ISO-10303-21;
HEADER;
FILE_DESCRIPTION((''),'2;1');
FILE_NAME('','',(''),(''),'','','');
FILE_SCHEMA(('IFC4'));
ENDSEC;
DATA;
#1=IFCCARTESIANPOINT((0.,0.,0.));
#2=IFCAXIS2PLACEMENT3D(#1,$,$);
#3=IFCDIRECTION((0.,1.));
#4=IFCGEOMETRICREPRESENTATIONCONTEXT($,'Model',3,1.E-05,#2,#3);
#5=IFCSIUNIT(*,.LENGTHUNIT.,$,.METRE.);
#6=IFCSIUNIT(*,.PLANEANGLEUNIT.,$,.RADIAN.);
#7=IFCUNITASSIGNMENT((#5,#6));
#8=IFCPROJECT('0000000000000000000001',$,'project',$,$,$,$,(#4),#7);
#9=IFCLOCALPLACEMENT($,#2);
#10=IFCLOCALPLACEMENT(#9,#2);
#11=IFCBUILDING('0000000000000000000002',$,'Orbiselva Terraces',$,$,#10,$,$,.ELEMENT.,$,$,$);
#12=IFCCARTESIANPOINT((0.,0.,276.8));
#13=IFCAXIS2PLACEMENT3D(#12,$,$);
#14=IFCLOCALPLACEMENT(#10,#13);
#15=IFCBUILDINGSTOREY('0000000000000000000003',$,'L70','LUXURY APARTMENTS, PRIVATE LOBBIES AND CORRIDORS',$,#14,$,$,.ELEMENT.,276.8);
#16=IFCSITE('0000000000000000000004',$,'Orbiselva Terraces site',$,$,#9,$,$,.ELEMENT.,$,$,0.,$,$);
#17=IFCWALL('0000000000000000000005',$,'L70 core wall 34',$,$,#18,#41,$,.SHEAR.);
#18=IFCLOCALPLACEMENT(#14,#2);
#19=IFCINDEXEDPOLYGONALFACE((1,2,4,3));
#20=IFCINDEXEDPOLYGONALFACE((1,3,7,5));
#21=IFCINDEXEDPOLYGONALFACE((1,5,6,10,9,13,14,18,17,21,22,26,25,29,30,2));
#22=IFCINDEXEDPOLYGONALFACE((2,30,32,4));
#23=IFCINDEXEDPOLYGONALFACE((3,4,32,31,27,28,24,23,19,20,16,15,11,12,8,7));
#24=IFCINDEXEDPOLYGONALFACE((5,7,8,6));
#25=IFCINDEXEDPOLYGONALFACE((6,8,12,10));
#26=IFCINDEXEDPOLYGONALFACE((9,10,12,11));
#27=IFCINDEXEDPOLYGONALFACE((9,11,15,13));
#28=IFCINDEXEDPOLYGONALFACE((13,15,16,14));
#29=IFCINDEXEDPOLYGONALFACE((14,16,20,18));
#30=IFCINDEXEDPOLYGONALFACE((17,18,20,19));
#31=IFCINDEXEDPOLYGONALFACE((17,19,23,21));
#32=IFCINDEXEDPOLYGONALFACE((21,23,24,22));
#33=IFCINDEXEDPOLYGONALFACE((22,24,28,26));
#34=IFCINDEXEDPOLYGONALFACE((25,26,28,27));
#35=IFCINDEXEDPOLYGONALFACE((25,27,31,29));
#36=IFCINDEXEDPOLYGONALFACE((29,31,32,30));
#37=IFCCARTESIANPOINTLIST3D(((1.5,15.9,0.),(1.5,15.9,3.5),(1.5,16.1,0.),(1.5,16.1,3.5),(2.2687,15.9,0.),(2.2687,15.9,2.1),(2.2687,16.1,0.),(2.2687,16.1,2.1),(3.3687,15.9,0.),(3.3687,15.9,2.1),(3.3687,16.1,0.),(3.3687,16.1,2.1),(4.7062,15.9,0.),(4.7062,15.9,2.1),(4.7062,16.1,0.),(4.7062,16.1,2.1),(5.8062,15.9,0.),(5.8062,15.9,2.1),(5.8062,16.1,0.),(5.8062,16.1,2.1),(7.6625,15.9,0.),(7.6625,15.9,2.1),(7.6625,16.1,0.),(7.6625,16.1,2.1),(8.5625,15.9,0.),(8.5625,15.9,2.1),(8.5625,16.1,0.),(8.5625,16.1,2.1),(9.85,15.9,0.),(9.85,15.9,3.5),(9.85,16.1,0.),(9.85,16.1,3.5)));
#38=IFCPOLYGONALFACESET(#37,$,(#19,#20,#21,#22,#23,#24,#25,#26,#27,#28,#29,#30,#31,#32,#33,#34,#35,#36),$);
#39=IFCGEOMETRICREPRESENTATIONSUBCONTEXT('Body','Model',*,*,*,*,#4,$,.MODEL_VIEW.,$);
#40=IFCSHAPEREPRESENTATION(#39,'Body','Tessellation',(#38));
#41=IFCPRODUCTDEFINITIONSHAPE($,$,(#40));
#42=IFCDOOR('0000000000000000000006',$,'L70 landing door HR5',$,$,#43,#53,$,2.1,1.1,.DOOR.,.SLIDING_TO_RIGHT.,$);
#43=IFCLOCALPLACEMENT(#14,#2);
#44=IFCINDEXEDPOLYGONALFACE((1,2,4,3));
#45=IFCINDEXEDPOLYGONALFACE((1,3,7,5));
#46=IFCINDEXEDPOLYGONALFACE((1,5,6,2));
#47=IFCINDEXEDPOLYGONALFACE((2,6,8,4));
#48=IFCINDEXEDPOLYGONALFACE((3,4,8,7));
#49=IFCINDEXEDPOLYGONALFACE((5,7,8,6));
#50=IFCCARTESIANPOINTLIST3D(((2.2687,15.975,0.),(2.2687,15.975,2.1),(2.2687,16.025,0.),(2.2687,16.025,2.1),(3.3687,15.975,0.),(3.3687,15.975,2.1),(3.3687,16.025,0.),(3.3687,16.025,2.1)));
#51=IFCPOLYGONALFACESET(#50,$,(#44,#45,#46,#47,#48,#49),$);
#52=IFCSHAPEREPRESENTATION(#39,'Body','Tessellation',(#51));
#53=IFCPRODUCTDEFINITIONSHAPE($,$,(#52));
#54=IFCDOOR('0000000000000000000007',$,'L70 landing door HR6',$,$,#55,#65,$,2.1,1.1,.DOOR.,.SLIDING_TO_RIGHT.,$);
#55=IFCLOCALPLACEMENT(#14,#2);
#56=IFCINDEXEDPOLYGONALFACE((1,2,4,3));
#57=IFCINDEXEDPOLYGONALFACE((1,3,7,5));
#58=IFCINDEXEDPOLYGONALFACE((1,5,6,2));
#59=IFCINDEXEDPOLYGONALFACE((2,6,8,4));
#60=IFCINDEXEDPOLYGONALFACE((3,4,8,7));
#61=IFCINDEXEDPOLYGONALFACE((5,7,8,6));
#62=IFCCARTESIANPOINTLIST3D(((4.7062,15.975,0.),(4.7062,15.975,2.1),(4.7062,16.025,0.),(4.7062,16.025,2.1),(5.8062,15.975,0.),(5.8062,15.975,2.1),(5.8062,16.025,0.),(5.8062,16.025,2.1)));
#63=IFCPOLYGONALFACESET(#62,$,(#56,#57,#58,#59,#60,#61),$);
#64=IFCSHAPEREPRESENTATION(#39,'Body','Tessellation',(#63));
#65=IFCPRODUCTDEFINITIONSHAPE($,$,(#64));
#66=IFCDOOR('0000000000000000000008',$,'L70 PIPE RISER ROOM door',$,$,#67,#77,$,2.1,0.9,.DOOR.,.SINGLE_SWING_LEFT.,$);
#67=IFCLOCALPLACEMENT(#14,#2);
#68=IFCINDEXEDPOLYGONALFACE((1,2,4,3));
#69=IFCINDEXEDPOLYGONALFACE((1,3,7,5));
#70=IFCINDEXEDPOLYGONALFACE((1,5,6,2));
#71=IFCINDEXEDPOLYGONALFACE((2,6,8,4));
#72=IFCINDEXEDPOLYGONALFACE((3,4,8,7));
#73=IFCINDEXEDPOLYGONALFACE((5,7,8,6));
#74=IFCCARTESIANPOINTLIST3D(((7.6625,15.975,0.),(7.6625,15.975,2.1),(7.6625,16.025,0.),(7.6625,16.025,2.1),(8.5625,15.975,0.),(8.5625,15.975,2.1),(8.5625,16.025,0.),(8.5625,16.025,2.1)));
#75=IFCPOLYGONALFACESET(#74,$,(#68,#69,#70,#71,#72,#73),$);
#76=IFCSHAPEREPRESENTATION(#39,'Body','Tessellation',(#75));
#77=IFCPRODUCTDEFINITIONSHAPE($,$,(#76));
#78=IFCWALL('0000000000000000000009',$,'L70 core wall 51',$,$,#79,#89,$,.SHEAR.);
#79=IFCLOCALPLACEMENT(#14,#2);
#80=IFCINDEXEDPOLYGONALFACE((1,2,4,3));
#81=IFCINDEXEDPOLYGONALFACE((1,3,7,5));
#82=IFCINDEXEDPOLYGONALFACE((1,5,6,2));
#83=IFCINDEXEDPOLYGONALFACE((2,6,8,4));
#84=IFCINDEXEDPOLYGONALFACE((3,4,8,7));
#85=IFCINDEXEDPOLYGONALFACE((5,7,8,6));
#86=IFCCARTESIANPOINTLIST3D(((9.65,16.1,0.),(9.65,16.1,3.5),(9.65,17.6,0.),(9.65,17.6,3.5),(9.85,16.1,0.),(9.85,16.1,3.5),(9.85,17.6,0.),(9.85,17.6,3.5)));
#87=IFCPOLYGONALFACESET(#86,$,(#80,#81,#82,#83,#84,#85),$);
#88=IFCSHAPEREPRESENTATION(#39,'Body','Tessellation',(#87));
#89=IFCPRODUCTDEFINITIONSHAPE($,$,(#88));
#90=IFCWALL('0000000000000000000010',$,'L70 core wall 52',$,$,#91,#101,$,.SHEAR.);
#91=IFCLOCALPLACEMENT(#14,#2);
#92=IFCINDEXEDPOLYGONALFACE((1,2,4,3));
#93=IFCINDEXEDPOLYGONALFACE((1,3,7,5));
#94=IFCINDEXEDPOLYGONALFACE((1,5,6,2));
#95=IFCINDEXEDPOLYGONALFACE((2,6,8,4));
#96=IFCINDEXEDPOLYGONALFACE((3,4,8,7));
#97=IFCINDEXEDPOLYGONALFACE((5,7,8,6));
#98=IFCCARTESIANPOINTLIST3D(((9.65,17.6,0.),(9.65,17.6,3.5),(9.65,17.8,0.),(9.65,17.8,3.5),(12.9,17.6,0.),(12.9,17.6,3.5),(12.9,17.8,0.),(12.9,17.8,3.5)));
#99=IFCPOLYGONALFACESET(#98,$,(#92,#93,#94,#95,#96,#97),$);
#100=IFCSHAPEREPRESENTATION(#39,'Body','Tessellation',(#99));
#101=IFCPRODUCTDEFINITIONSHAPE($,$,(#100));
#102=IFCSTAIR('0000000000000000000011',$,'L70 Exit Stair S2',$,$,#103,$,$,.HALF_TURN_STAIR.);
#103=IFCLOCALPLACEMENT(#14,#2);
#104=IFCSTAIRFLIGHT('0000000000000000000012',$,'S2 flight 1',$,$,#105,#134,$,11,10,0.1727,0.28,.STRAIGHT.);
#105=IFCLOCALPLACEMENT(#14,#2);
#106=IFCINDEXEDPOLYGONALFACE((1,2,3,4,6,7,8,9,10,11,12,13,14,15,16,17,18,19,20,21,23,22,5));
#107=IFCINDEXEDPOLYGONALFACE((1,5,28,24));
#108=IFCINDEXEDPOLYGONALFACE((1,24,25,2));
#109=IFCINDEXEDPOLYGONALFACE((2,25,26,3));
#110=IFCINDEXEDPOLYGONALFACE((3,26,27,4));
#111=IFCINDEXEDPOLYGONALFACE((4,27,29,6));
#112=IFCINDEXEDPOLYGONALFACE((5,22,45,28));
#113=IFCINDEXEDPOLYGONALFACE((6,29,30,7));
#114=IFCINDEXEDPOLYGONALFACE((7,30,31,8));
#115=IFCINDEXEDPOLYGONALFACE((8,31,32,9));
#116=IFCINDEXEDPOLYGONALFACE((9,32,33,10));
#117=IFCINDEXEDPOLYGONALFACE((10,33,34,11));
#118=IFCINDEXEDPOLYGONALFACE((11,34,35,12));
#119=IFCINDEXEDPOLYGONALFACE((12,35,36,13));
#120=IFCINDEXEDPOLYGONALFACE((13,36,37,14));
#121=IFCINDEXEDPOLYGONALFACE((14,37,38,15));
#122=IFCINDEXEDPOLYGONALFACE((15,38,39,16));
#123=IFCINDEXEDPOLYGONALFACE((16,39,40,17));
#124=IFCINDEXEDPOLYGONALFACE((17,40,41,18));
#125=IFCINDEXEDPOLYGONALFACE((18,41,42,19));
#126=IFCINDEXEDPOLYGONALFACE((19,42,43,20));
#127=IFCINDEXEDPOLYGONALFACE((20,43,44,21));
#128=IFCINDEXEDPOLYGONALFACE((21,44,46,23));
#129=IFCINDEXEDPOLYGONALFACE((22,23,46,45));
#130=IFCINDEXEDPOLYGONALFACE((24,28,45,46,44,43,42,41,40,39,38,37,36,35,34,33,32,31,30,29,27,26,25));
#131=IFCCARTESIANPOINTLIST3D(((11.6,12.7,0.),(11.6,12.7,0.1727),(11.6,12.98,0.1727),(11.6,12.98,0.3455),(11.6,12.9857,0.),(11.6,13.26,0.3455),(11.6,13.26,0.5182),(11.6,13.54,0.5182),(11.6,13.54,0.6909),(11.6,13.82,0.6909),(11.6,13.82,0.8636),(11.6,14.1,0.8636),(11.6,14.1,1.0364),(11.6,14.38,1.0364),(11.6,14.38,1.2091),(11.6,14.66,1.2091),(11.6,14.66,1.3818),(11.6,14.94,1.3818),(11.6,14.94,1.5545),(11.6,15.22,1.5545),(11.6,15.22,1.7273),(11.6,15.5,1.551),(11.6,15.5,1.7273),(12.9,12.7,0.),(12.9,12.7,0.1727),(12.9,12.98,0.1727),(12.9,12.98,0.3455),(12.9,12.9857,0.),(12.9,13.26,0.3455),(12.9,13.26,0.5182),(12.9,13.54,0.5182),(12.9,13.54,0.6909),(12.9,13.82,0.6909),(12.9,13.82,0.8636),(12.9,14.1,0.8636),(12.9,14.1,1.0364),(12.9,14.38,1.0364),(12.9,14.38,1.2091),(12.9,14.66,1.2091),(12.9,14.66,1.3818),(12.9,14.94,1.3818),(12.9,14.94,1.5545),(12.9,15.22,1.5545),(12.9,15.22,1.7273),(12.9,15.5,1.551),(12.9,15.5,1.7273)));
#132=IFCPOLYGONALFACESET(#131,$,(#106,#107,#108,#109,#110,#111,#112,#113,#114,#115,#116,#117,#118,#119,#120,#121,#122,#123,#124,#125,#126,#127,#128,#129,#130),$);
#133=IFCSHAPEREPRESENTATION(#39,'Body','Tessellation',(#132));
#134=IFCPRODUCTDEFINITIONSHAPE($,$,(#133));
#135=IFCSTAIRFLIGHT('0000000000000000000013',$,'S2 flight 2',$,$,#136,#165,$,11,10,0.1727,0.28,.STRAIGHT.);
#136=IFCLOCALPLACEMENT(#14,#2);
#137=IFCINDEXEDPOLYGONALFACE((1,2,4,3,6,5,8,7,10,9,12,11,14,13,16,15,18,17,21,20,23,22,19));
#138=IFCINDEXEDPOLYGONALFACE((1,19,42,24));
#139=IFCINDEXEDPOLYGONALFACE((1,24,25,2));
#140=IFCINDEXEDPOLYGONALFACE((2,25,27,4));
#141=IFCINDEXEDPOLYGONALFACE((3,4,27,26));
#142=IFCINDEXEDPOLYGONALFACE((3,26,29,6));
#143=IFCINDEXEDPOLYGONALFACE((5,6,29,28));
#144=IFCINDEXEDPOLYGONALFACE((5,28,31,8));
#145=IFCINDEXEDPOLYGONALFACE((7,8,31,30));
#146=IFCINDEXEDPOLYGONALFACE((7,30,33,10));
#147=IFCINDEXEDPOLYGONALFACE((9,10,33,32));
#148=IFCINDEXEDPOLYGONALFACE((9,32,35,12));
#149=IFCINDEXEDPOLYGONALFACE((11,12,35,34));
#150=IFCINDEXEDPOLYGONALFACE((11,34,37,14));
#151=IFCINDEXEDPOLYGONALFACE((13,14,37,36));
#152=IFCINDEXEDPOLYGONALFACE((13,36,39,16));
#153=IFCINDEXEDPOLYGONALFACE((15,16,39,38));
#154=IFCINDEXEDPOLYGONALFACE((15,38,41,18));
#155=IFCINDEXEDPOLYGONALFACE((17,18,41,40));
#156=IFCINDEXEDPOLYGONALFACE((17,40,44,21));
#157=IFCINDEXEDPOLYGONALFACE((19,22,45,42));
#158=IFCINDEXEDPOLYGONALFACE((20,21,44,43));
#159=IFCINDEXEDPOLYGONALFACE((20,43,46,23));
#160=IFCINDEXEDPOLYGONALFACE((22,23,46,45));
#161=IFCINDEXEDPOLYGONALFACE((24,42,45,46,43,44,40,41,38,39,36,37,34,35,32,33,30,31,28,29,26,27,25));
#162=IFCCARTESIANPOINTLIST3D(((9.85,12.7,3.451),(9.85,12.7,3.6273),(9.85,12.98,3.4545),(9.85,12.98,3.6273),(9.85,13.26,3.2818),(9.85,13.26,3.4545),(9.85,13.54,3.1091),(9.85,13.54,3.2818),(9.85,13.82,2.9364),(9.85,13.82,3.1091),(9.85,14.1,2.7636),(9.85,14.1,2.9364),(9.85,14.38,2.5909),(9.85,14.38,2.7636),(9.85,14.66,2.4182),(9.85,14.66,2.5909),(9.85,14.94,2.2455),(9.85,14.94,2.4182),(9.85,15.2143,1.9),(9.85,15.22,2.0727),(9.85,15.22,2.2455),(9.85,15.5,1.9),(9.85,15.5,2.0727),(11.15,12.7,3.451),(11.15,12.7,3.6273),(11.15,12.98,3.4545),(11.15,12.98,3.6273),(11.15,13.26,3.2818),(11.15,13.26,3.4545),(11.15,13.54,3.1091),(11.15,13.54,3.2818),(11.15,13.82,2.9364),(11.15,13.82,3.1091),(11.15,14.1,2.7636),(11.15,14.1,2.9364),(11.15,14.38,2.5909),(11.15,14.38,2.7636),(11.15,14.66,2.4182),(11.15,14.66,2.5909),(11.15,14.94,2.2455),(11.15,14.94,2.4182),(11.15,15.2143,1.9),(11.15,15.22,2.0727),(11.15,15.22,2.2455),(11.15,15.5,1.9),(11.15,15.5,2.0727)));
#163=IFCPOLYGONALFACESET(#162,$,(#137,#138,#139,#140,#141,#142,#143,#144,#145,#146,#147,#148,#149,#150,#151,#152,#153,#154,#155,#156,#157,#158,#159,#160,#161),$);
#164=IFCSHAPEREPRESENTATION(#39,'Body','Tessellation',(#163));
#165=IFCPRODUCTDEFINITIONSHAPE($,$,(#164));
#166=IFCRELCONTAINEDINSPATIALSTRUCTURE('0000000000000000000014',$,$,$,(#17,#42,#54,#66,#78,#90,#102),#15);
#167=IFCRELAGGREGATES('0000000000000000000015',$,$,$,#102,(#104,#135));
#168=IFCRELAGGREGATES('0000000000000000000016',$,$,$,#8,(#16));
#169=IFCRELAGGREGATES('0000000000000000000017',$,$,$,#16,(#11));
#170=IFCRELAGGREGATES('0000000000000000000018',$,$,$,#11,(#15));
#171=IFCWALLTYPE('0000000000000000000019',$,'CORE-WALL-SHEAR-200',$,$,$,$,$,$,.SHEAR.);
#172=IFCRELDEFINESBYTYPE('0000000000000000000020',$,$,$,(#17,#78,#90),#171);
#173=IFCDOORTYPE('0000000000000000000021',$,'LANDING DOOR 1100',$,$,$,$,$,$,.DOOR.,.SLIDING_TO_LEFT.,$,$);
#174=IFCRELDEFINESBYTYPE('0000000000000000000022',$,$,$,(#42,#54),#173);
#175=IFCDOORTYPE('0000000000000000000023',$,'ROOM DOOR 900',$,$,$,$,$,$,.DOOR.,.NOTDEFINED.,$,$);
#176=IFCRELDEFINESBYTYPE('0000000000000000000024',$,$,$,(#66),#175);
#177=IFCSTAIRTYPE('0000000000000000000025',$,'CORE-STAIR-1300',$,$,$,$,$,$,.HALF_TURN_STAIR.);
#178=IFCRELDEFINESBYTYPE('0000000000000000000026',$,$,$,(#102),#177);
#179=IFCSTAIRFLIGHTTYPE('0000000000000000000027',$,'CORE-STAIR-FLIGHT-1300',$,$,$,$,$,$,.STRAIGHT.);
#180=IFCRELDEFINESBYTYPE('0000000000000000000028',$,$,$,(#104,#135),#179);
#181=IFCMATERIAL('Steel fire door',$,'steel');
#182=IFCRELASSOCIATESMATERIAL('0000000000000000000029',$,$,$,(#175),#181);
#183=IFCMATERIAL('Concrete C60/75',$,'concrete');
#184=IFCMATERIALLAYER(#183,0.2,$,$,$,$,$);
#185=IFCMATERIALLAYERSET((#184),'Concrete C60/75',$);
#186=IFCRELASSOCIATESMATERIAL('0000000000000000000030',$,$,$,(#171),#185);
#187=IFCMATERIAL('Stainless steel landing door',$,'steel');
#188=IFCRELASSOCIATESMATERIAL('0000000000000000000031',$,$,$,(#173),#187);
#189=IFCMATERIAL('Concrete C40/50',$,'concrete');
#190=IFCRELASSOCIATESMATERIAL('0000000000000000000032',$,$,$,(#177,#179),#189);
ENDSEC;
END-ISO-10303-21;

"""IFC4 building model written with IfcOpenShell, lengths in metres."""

from ifc_helpers import new_model, si_unit, direction, frame, frame_2d, origin, place, context, subcontext, project, spatial, polyline, rectangle, outline, extrude, material, layer, layer_set, type_object, element, fill, aggregate, save


model = new_model("IFC4")

# Units and contexts
model_context = context("Model", 3, precision=1e-05, world=origin(), true_north=direction((0.0, 1.0)))
body_context = subcontext(model_context, "Body", "Model", "MODEL_VIEW")
ifc_project = project(units=[si_unit("LENGTHUNIT", "METRE"), si_unit("PLANEANGLEUNIT", "RADIAN")], contexts=[model_context])

# Site, building, storey
site_placement = place(None, origin())
site = spatial("IfcSite", under=ifc_project, at=site_placement, Name="Orbiselva Terraces site", CompositionType="ELEMENT", RefElevation=0.0)
building_placement = place(site_placement, origin())
building = spatial("IfcBuilding", under=site, at=building_placement, Name="Orbiselva Terraces", CompositionType="ELEMENT")
storey_placement = place(building_placement, frame((0.0, 0.0, 276.8)))
storey = spatial("IfcBuildingStorey", under=building, at=storey_placement, Name="L70", Description="LUXURY APARTMENTS, PRIVATE LOBBIES AND CORRIDORS", CompositionType="ELEMENT", Elevation=276.8)

# Shared definitions
ifc_material_1 = material(Name="Steel fire door", Category="steel")
door_type_1 = type_object("IfcDoorType", Name="ROOM DOOR 900", OperationType="NOTDEFINED", PredefinedType="DOOR", material=ifc_material_1)

# Shared definitions
ifc_material_2 = material(Name="Concrete C40/50", Category="concrete")
ifc_material_3 = material(Name="Concrete C60/75", Category="concrete")
ifc_layer_1 = layer(ifc_material_3, 0.2)
ifc_layer_set_1 = layer_set([ifc_layer_1], Name="Concrete C60/75")
wall_type_1 = type_object("IfcWallType", Name="CORE-WALL-SHEAR-200", PredefinedType="SHEAR", material=ifc_layer_set_1)

# Wall, openings, doors
wall_1_placement = place(storey_placement, frame((9.85, 16.0, 0.0), z_axis=(0.0, 0.0, 1.0), x_axis=(-1.0, 0.0, 0.0)))
wall_1 = element("IfcWall", 1, at=wall_1_placement, inside=storey, type_object=wall_type_1, Name="L70 core wall 34", PredefinedType="SHEAR", context=body_context, shape_type="SweptSolid", body=[
    extrude(rectangle(XDim=8.35, YDim=0.2, at=frame_2d((4.175, 0.0))), origin(), (0.0, 0.0, 1.0), 3.5),
])
opening_1_placement = place(wall_1_placement, frame((6.4813, 0.0, 0.0)))
opening_1 = element("IfcOpeningElement", 2, at=opening_1_placement, cuts=wall_1, PredefinedType="OPENING", context=body_context, shape_type="SweptSolid", body=[
    extrude(rectangle(XDim=1.1, YDim=2.1, at=frame_2d((0.55, 1.05))), frame((0.0, 0.11, 0.0), z_axis=(0.0, -1.0, 0.0), x_axis=(1.0, 0.0, 0.0)), (0.0, 0.0, 1.0), 0.22),
])
opening_2_placement = place(wall_1_placement, frame((4.0438, 0.0, 0.0)))
opening_2 = element("IfcOpeningElement", 3, at=opening_2_placement, cuts=wall_1, PredefinedType="OPENING", context=body_context, shape_type="SweptSolid", body=[
    extrude(rectangle(XDim=1.1, YDim=2.1, at=frame_2d((0.55, 1.05))), frame((0.0, 0.11, 0.0), z_axis=(0.0, -1.0, 0.0), x_axis=(1.0, 0.0, 0.0)), (0.0, 0.0, 1.0), 0.22),
])
opening_3_placement = place(wall_1_placement, frame((1.2875, 0.0, 0.0)))
opening_3 = element("IfcOpeningElement", 4, at=opening_3_placement, cuts=wall_1, PredefinedType="OPENING", context=body_context, shape_type="SweptSolid", body=[
    extrude(rectangle(XDim=0.9, YDim=2.1, at=frame_2d((0.45, 1.05))), frame((0.0, 0.11, 0.0), z_axis=(0.0, -1.0, 0.0), x_axis=(1.0, 0.0, 0.0)), (0.0, 0.0, 1.0), 0.22),
])
ifc_material_4 = material(Name="Stainless steel landing door", Category="steel")
door_type_2 = type_object("IfcDoorType", Name="LANDING DOOR 1100", OperationType="SLIDING_TO_LEFT", PredefinedType="DOOR", material=ifc_material_4)
door_1_placement = place(opening_1_placement, origin())
door_1 = element("IfcDoor", 5, at=door_1_placement, inside=storey, type_object=door_type_2, Name="L70 landing door HR5", OperationType="SLIDING_TO_RIGHT", OverallHeight=2.1, OverallWidth=1.1, PredefinedType="DOOR", context=body_context, shape_type="SweptSolid", body=[
    extrude(rectangle(XDim=1.1, YDim=2.1, at=frame_2d((0.55, 1.05))), frame((0.0, 0.025, 0.0), z_axis=(0.0, -1.0, 0.0), x_axis=(1.0, 0.0, 0.0)), (0.0, 0.0, 1.0), 0.05),
])
fill(opening_1, door_1)
door_2_placement = place(opening_2_placement, origin())
door_2 = element("IfcDoor", 6, at=door_2_placement, inside=storey, type_object=door_type_2, Name="L70 landing door HR6", OperationType="SLIDING_TO_RIGHT", OverallHeight=2.1, OverallWidth=1.1, PredefinedType="DOOR", context=body_context, shape_type="SweptSolid", body=[
    extrude(rectangle(XDim=1.1, YDim=2.1, at=frame_2d((0.55, 1.05))), frame((0.0, 0.025, 0.0), z_axis=(0.0, -1.0, 0.0), x_axis=(1.0, 0.0, 0.0)), (0.0, 0.0, 1.0), 0.05),
])
fill(opening_2, door_2)
door_3_placement = place(opening_3_placement, origin())
door_3 = element("IfcDoor", 7, at=door_3_placement, inside=storey, type_object=door_type_1, Name="L70 PIPE RISER ROOM door", OperationType="SINGLE_SWING_LEFT", OverallHeight=2.1, OverallWidth=0.9, PredefinedType="DOOR", context=body_context, shape_type="SweptSolid", body=[
    extrude(rectangle(XDim=0.9, YDim=2.1, at=frame_2d((0.45, 1.05))), frame((0.0, 0.025, 0.0), z_axis=(0.0, -1.0, 0.0), x_axis=(1.0, 0.0, 0.0)), (0.0, 0.0, 1.0), 0.05),
])
fill(opening_3, door_3)

# Walls
wall_2_placement = place(storey_placement, frame((9.75, 16.1, 0.0), z_axis=(0.0, 0.0, 1.0), x_axis=(0.0, 1.0, 0.0)))
element("IfcWall", 8, at=wall_2_placement, inside=storey, type_object=wall_type_1, Name="L70 core wall 51", PredefinedType="SHEAR", context=body_context, shape_type="SweptSolid", body=[
    extrude(rectangle(XDim=1.5, YDim=0.2, at=frame_2d((0.75, 0.0))), origin(), (0.0, 0.0, 1.0), 3.5),
])
wall_3_placement = place(storey_placement, frame((9.65, 17.7, 0.0), z_axis=(0.0, 0.0, 1.0), x_axis=(1.0, 0.0, 0.0)))
element("IfcWall", 9, at=wall_3_placement, inside=storey, type_object=wall_type_1, Name="L70 core wall 52", PredefinedType="SHEAR", context=body_context, shape_type="SweptSolid", body=[
    extrude(rectangle(XDim=3.25, YDim=0.2, at=frame_2d((1.625, 0.0))), origin(), (0.0, 0.0, 1.0), 3.5),
])

# Stair, stair flights
stair_type = type_object("IfcStairType", Name="CORE-STAIR-1300", PredefinedType="HALF_TURN_STAIR", material=ifc_material_2)
stair_placement = place(storey_placement, origin())
stair = element("IfcStair", 10, at=stair_placement, inside=storey, type_object=stair_type, Name="L70 Exit Stair S2", PredefinedType="HALF_TURN_STAIR")
stair_flight_type = type_object("IfcStairFlightType", Name="CORE-STAIR-FLIGHT-1300", PredefinedType="STRAIGHT", material=ifc_material_2)
stair_flight_1_placement = place(storey_placement, frame((12.25, 12.7, 0.0), z_axis=(0.0, 0.0, 1.0), x_axis=(0.0, 1.0, 0.0)))
stair_flight_1 = element("IfcStairFlight", 11, at=stair_flight_1_placement, type_object=stair_flight_type, Name="S2 flight 1", NumberOfRisers=11, NumberOfTreads=10, PredefinedType="STRAIGHT", RiserHeight=0.1727, TreadLength=0.28, context=body_context, shape_type="SweptSolid", body=[
    extrude(outline(polyline([(0.0, 0.0), (0.0, 0.1727), (0.28, 0.1727), (0.28, 0.3455), (0.56, 0.3455), (0.56, 0.5182), (0.84, 0.5182), (0.84, 0.6909), (1.12, 0.6909), (1.12, 0.8636), (1.4, 0.8636), (1.4, 1.0364), (1.68, 1.0364), (1.68, 1.2091), (1.96, 1.2091), (1.96, 1.3818), (2.24, 1.3818), (2.24, 1.5545), (2.52, 1.5545), (2.52, 1.7273), (2.8, 1.7273), (2.8, 1.9), (2.8, 1.551), (0.2857, 0.0), (0.0, 0.0)])), frame((0.0, 0.65, 0.0), z_axis=(0.0, -1.0, 0.0), x_axis=(1.0, 0.0, 0.0)), (0.0, 0.0, 1.0), 1.3),
])
stair_flight_2_placement = place(storey_placement, frame((10.5, 15.5, 1.9), z_axis=(0.0, 0.0, 1.0), x_axis=(0.0, -1.0, 0.0)))
stair_flight_2 = element("IfcStairFlight", 12, at=stair_flight_2_placement, type_object=stair_flight_type, Name="S2 flight 2", NumberOfRisers=11, NumberOfTreads=10, PredefinedType="STRAIGHT", RiserHeight=0.1727, TreadLength=0.28, context=body_context, shape_type="SweptSolid", body=[
    extrude(outline(polyline([(0.0, 0.0), (0.0, 0.1727), (0.28, 0.1727), (0.28, 0.3455), (0.56, 0.3455), (0.56, 0.5182), (0.84, 0.5182), (0.84, 0.6909), (1.12, 0.6909), (1.12, 0.8636), (1.4, 0.8636), (1.4, 1.0364), (1.68, 1.0364), (1.68, 1.2091), (1.96, 1.2091), (1.96, 1.3818), (2.24, 1.3818), (2.24, 1.5545), (2.52, 1.5545), (2.52, 1.7273), (2.8, 1.7273), (2.8, 1.9), (2.8, 1.551), (0.2857, 0.0), (0.0, 0.0)])), frame((0.0, 0.65, 0.0), z_axis=(0.0, -1.0, 0.0), x_axis=(1.0, 0.0, 0.0)), (0.0, 0.0, 1.0), 1.3),
])
aggregate(stair, [stair_flight_1, stair_flight_2])

save(model, "model.ifc")
